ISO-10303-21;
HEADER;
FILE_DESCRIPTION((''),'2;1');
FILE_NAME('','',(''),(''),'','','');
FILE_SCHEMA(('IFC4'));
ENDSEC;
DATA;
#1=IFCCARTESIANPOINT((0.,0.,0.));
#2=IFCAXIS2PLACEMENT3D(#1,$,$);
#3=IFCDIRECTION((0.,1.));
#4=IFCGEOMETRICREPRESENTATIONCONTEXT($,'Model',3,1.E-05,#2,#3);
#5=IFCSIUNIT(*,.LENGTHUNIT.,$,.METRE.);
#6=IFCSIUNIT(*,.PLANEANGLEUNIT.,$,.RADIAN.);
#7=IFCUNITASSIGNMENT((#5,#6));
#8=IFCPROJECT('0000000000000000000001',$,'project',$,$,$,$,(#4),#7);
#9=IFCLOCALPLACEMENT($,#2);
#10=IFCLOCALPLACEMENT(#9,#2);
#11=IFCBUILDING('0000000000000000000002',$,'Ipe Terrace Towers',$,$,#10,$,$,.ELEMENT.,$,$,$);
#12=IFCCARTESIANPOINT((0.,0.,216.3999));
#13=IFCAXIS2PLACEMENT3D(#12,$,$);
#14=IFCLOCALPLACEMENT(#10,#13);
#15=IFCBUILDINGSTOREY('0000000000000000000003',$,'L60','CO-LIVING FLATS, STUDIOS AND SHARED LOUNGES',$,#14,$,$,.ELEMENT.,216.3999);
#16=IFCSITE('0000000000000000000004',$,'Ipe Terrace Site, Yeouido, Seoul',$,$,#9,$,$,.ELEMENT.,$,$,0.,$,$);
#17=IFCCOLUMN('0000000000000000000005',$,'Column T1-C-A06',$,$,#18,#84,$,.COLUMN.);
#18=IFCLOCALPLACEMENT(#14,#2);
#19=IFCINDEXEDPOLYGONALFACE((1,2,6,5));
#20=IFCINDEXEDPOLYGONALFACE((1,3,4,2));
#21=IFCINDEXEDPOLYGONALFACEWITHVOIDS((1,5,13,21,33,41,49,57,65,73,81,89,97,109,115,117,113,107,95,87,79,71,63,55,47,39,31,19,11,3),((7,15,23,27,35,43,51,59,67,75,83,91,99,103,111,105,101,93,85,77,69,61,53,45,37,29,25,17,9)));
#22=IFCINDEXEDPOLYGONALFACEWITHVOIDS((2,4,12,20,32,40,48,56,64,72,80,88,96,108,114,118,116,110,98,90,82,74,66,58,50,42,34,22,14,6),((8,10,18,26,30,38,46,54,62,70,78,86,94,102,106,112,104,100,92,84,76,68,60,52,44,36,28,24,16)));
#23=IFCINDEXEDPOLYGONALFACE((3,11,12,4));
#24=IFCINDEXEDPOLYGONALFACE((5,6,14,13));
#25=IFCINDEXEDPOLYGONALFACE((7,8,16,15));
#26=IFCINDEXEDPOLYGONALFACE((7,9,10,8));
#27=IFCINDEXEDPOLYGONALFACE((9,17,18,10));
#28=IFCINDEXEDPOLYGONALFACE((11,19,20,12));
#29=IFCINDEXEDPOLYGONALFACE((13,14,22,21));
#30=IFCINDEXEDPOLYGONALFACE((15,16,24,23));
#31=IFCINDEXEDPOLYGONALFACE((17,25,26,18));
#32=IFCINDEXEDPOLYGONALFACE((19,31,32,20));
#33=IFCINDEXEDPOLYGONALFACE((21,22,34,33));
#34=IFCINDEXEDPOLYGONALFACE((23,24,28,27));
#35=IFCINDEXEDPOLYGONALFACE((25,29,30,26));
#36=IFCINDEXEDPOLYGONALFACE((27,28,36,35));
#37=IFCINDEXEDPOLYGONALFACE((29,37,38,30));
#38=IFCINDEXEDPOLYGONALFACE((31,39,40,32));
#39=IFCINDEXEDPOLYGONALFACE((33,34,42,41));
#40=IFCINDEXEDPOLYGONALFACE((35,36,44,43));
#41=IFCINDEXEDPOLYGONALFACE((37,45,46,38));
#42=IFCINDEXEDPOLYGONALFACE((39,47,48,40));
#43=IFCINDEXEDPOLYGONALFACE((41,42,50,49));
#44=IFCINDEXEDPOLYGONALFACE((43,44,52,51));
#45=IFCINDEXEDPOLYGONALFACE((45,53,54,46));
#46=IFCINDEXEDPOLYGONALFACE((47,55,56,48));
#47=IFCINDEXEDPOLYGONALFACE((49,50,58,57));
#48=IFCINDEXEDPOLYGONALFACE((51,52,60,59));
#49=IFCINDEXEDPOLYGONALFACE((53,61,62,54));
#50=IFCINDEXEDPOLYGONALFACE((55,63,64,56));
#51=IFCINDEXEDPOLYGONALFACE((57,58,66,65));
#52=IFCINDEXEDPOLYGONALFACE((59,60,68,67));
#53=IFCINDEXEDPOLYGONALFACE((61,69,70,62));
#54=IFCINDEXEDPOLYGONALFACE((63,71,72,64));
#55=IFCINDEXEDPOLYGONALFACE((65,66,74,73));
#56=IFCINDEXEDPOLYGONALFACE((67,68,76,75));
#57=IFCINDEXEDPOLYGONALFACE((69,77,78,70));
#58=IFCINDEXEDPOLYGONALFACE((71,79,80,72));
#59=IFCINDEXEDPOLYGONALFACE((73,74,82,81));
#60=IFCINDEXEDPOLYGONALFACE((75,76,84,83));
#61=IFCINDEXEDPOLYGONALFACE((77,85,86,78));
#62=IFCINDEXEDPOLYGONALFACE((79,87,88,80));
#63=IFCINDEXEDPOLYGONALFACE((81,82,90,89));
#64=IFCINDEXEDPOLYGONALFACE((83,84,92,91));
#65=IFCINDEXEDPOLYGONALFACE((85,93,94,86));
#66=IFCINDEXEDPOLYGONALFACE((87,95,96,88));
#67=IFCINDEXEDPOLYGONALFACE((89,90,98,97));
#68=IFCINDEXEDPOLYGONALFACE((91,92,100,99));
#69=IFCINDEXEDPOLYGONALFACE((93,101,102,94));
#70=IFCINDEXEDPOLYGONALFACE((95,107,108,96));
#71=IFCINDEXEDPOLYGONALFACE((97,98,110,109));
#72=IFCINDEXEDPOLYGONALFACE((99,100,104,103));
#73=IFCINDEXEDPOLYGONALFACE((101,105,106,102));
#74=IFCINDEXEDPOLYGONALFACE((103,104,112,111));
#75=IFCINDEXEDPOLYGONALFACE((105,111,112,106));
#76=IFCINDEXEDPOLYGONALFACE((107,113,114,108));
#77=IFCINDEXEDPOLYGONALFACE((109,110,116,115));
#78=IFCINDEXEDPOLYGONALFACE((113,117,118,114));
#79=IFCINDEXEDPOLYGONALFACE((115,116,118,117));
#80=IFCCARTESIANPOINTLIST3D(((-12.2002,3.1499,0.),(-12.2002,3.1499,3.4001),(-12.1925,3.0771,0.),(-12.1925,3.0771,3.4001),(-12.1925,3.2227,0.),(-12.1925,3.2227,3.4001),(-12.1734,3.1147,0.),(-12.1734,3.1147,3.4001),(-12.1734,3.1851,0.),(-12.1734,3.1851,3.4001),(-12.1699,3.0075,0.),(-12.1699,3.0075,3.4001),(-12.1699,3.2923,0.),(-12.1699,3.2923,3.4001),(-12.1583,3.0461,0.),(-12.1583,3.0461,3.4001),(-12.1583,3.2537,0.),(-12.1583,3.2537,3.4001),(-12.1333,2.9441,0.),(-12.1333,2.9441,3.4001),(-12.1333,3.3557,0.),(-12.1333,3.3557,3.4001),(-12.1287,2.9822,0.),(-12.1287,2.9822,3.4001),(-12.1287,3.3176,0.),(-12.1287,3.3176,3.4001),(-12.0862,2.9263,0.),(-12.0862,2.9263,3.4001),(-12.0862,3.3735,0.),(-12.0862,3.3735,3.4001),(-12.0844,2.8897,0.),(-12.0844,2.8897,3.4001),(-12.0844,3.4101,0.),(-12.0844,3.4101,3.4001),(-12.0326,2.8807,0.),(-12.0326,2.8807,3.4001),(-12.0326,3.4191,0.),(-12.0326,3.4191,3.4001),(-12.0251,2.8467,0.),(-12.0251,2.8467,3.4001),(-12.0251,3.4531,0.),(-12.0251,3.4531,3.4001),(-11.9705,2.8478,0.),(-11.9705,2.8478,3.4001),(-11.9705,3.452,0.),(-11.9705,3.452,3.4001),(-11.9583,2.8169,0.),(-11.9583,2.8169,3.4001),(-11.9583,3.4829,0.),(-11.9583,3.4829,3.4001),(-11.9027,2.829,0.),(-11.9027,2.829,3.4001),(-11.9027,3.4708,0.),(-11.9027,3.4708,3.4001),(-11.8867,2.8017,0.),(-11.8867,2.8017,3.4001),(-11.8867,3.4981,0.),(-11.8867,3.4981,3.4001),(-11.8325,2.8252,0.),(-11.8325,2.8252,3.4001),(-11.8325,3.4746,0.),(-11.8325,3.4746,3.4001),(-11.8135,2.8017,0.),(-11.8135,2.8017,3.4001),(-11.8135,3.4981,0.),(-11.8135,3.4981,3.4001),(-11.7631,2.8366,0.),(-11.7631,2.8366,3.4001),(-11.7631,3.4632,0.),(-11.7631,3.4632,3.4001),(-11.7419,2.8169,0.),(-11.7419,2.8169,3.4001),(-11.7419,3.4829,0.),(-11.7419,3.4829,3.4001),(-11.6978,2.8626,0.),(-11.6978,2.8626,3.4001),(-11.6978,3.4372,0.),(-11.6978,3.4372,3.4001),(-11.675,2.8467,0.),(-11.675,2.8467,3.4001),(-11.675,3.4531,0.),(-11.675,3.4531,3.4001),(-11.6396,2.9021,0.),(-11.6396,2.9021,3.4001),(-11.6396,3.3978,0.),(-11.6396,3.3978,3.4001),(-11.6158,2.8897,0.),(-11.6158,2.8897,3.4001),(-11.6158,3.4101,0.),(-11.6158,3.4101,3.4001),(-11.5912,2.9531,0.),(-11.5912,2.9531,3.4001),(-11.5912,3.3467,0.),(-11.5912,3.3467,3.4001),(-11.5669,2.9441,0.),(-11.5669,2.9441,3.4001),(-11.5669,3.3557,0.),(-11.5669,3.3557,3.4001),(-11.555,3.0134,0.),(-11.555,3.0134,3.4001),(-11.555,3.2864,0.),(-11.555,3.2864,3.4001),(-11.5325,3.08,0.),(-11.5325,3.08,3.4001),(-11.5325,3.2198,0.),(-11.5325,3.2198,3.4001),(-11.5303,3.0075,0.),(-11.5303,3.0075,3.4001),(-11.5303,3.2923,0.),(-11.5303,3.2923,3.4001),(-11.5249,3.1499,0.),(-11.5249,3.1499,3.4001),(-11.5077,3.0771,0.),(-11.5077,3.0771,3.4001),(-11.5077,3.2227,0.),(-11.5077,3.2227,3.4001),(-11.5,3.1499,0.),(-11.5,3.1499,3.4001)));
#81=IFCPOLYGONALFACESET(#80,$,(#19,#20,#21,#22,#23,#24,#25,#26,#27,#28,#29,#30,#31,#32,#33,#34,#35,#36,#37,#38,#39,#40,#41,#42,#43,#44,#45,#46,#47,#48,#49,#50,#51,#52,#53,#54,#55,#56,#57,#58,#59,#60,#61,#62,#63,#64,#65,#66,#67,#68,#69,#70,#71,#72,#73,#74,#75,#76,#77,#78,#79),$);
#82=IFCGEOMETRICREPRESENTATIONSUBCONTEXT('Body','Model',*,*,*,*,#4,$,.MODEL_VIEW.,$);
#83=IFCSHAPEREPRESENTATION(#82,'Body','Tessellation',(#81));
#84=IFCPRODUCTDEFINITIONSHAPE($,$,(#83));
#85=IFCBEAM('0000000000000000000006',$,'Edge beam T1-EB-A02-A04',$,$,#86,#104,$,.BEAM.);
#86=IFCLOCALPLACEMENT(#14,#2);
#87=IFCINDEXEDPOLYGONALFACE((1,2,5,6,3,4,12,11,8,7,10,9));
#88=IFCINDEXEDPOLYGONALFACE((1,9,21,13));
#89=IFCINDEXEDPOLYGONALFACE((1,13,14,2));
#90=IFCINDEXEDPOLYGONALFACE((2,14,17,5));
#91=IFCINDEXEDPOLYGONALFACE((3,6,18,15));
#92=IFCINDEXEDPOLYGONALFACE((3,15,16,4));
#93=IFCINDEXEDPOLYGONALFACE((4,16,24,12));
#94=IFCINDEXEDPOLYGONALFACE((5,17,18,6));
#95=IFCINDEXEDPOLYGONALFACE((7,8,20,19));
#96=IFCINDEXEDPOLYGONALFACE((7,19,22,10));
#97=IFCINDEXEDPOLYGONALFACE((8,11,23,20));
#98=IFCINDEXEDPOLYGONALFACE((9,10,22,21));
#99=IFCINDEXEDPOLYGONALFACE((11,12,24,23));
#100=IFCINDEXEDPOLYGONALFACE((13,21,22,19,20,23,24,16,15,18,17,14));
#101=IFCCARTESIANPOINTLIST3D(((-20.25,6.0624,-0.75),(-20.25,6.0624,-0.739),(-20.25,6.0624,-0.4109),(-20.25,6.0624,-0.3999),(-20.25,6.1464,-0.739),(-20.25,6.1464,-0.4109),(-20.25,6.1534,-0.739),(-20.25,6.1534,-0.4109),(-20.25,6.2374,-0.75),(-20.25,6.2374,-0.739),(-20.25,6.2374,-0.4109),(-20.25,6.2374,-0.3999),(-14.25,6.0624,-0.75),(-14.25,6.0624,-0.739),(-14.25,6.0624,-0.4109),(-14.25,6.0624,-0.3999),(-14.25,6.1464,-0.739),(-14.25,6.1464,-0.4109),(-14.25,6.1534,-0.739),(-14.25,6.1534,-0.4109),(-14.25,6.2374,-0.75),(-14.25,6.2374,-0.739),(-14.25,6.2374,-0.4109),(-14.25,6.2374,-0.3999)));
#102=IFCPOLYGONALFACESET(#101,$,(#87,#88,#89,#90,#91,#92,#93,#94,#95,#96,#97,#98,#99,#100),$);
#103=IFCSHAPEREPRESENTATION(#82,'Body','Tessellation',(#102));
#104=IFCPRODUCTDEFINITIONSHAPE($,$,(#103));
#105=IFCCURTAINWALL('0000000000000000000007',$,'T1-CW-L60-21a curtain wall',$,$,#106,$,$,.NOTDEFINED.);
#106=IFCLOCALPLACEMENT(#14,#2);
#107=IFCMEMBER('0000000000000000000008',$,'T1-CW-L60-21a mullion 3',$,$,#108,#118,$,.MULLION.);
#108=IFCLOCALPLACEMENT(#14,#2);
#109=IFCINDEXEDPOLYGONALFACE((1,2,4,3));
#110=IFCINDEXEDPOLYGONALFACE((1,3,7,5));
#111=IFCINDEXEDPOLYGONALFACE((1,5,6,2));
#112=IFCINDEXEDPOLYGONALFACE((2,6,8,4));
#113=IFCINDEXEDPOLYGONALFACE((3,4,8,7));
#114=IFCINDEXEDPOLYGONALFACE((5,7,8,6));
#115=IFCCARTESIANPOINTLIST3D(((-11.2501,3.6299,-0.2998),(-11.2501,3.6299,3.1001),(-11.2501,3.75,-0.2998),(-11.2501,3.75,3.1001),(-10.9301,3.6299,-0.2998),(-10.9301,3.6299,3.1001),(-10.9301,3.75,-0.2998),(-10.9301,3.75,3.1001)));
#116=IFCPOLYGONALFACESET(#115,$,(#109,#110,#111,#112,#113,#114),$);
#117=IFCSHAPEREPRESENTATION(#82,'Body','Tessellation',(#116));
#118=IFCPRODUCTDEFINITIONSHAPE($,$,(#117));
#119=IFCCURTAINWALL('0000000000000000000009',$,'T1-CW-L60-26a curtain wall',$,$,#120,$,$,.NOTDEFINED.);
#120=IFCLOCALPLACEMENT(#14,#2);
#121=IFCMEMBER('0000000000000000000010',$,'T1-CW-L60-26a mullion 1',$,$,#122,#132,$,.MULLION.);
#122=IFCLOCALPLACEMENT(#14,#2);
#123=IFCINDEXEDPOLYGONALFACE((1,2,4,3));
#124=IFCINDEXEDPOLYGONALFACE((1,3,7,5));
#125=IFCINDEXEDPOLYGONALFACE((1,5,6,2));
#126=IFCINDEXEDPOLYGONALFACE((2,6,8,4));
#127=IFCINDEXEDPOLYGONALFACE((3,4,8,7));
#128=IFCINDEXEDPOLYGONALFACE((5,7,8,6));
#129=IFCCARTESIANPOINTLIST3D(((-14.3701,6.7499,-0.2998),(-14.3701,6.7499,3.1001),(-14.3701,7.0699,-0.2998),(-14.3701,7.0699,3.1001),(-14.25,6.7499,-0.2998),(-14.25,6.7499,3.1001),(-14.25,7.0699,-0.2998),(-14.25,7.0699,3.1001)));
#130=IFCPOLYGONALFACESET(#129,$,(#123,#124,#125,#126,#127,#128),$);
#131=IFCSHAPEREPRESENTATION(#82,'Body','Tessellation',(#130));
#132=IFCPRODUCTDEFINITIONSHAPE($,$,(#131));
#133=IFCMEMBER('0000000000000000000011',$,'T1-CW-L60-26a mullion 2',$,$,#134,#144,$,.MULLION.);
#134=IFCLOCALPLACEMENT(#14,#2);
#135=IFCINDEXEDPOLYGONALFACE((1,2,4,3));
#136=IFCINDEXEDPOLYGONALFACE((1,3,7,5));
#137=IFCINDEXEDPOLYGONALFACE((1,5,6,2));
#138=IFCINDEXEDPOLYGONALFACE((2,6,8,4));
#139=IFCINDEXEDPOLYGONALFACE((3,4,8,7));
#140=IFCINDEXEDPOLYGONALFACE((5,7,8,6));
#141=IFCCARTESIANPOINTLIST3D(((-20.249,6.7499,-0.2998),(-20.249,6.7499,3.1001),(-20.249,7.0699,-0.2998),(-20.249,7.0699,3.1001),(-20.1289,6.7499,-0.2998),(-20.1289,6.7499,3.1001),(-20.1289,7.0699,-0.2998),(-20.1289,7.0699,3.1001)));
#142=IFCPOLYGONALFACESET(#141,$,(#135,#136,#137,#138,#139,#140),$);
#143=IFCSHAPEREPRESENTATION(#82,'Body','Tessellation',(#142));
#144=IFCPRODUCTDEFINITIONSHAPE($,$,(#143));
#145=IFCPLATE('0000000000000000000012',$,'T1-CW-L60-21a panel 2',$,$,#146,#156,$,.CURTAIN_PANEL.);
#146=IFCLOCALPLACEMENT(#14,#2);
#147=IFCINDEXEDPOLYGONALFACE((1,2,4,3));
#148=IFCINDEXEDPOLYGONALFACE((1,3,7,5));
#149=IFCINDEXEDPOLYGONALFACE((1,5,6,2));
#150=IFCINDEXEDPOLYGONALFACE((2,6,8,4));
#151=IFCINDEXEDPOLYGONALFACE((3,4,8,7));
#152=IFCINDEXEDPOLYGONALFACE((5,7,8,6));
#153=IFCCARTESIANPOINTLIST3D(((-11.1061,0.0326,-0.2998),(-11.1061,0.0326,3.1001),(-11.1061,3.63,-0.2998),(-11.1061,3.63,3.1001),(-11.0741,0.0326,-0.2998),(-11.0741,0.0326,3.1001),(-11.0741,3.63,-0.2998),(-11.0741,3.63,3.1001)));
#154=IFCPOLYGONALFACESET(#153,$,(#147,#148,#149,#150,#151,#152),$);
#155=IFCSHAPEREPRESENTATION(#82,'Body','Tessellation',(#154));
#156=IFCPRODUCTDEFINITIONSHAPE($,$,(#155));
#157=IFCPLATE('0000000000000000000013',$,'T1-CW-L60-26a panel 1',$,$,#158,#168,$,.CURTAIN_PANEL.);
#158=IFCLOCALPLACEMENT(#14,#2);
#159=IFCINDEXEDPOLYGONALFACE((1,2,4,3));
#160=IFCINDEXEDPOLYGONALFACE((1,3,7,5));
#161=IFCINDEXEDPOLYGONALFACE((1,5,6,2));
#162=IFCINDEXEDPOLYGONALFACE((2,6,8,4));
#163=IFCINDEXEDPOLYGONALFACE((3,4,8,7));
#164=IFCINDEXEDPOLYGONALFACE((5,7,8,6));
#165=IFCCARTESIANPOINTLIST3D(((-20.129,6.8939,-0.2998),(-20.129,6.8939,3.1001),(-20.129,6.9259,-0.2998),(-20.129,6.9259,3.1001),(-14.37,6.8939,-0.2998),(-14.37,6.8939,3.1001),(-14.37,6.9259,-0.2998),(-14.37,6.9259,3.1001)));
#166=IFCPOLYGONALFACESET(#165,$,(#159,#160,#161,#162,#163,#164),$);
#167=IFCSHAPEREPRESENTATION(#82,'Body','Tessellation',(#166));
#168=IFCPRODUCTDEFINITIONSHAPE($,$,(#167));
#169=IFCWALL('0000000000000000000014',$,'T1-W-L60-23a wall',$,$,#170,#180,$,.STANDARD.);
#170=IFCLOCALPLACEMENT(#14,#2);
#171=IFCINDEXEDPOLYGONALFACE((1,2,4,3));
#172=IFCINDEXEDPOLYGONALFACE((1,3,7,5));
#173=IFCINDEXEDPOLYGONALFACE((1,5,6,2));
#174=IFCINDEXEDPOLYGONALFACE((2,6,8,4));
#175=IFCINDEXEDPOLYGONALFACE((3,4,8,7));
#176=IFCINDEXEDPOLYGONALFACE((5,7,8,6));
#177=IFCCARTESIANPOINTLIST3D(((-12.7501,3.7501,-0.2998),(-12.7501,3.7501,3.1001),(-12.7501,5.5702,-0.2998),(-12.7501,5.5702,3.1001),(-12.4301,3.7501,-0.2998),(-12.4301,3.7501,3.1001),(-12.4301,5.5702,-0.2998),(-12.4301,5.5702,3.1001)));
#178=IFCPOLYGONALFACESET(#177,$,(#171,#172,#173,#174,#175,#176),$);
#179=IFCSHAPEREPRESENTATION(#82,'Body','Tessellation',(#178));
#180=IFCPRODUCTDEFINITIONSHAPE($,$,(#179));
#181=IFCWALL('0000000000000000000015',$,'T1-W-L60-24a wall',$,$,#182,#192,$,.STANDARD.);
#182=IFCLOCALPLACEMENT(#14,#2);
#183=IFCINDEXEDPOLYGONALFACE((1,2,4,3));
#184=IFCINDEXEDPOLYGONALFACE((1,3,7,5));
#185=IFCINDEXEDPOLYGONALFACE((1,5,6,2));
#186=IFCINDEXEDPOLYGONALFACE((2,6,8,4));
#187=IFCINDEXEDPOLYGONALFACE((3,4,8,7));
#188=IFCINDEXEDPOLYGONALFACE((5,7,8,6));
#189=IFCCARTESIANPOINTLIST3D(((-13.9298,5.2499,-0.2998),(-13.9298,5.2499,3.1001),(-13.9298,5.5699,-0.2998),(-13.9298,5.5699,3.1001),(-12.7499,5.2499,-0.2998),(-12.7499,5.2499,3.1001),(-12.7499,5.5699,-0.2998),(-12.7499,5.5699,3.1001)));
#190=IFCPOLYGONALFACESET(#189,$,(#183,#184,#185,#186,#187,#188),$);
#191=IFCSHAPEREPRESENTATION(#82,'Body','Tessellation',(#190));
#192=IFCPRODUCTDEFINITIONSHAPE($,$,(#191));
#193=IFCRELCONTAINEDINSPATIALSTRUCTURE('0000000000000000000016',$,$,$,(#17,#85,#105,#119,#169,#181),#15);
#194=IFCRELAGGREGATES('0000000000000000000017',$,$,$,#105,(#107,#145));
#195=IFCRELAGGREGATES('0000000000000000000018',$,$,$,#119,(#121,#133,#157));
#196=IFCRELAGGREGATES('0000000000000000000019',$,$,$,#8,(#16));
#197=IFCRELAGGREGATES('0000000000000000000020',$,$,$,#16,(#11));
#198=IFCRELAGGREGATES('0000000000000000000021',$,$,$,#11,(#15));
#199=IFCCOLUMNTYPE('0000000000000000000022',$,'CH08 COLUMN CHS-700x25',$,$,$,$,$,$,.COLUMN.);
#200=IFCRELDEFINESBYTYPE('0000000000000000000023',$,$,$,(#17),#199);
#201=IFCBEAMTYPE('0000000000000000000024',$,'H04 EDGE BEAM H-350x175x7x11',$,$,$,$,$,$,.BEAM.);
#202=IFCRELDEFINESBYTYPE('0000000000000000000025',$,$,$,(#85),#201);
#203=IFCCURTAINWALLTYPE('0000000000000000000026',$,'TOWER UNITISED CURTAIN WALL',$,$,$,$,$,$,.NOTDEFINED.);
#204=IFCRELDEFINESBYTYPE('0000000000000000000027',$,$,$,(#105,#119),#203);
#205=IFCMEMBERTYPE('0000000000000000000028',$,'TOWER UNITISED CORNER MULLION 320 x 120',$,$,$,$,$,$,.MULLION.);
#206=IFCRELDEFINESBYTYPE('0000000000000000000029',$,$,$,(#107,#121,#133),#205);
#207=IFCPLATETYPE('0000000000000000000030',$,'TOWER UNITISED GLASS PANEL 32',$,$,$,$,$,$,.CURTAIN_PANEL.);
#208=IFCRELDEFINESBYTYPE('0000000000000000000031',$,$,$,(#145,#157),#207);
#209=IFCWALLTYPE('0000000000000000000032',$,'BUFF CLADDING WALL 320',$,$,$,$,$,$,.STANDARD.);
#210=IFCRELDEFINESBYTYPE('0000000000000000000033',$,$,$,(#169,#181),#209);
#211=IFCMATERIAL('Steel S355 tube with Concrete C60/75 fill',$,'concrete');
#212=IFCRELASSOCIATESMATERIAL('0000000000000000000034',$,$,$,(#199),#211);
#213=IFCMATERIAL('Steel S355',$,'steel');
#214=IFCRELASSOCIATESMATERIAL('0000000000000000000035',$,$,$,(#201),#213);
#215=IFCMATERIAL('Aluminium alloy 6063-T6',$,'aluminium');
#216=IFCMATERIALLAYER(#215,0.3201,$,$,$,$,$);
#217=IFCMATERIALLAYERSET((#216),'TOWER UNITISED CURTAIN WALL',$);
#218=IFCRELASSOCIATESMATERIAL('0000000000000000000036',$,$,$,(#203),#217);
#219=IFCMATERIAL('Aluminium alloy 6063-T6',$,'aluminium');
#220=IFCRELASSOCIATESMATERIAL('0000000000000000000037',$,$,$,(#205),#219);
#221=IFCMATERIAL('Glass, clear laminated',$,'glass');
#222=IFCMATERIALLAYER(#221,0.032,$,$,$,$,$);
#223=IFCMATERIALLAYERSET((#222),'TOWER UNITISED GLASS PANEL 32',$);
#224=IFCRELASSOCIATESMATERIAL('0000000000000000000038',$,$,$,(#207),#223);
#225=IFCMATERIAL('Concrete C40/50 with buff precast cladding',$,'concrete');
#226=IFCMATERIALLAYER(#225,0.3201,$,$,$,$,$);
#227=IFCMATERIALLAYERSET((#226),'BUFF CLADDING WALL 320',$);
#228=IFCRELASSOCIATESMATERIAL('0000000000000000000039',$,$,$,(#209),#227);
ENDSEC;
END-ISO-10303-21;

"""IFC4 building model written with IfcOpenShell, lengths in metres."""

from ifc_helpers import new_model, si_unit, direction, frame, frame_2d, origin, origin_2d, place, context, subcontext, project, spatial, rectangle, hollow_circle, i_section, extrude, material, layer, layer_set, material_profile, profile_set, type_object, element, aggregate, save


model = new_model("IFC4")

# Units and contexts
model_context = context("Model", 3, precision=1e-05, world=origin(), true_north=direction((0.0, 1.0)))
body_context = subcontext(model_context, "Body", "Model", "MODEL_VIEW")
ifc_project = project(units=[si_unit("LENGTHUNIT", "METRE"), si_unit("PLANEANGLEUNIT", "RADIAN")], contexts=[model_context])

# Site, building, storey
site_placement = place(None, origin())
site = spatial("IfcSite", under=ifc_project, at=site_placement, Name="Ipe Terrace Site, Yeouido, Seoul", CompositionType="ELEMENT", RefElevation=0.0)
building_placement = place(site_placement, origin())
building = spatial("IfcBuilding", under=site, at=building_placement, Name="Ipe Terrace Towers", CompositionType="ELEMENT")
storey_placement = place(building_placement, frame((0.0, 0.0, 216.3999)))
storey = spatial("IfcBuildingStorey", under=building, at=storey_placement, Name="L60", Description="CO-LIVING FLATS, STUDIOS AND SHARED LOUNGES", CompositionType="ELEMENT", Elevation=216.3999)

# Column
ifc_material_1 = material(Name="Steel S355 tube with Concrete C60/75 fill", Category="concrete")
ifc_material_profile_1 = material_profile(ifc_material_1, hollow_circle(Radius=0.3501, WallThickness=0.0249, at=origin_2d()), Name="CHS-700x25")
ifc_profile_set_1 = profile_set([ifc_material_profile_1], Name="Steel S355 tube with Concrete C60/75 fill")
column_type = type_object("IfcColumnType", Name="CH08 COLUMN CHS-700x25", PredefinedType="COLUMN", material=ifc_profile_set_1)
for number, where, z_axis, x_axis, name in (
    (1, (-11.8501, 3.1499, 0.0), (0.0, 0.0, 1.0), (1.0, 0.0, 0.0), "Column T1-C-A06"),
):
    element("IfcColumn", number, at=place(storey_placement, frame(where, z_axis=z_axis, x_axis=x_axis)), inside=storey, type_object=column_type, Name=name, PredefinedType="COLUMN", context=body_context, shape_type="SweptSolid", body=[
        extrude(hollow_circle(Radius=0.3501, WallThickness=0.0249, at=origin_2d()), origin(), (0.0, 0.0, 1.0), 3.4001),
    ])

# Beam
ifc_material_2 = material(Name="Steel S355", Category="steel")
ifc_material_profile_2 = material_profile(ifc_material_2, i_section(OverallWidth=0.175, OverallDepth=0.3501, WebThickness=0.0071, FlangeThickness=0.011, at=origin_2d()), Name="H-350x175x7x11")
ifc_profile_set_2 = profile_set([ifc_material_profile_2], Name="Steel S355")
beam_type = type_object("IfcBeamType", Name="H04 EDGE BEAM H-350x175x7x11", PredefinedType="BEAM", material=ifc_profile_set_2)
beam_placement = place(storey_placement, frame((-20.25, 6.1499, -0.575), z_axis=(1.0, 0.0, 0.0), x_axis=(0.0, 1.0, 0.0)))
element("IfcBeam", 2, at=beam_placement, inside=storey, type_object=beam_type, Name="Edge beam T1-EB-A02-A04", PredefinedType="BEAM", context=body_context, shape_type="SweptSolid", body=[
    extrude(i_section(OverallWidth=0.175, OverallDepth=0.3501, WebThickness=0.0071, FlangeThickness=0.011, at=origin_2d()), origin(), (0.0, 0.0, 1.0), 6.0),
])

# Curtain wall, member
ifc_material_3 = material(Name="Aluminium alloy 6063-T6", Category="aluminium")
ifc_layer_1 = layer(ifc_material_3, 0.3201)
ifc_layer_set_1 = layer_set([ifc_layer_1], Name="TOWER UNITISED CURTAIN WALL")
curtain_wall_type = type_object("IfcCurtainWallType", Name="TOWER UNITISED CURTAIN WALL", PredefinedType="NOTDEFINED", material=ifc_layer_set_1)
curtain_wall_1_placement = place(storey_placement, origin())
curtain_wall_1 = element("IfcCurtainWall", 3, at=curtain_wall_1_placement, inside=storey, type_object=curtain_wall_type, Name="T1-CW-L60-21a curtain wall", PredefinedType="NOTDEFINED")
ifc_material_4 = material(Name="Aluminium alloy 6063-T6", Category="aluminium")
ifc_material_profile_3 = material_profile(ifc_material_4, rectangle(XDim=0.3201, YDim=0.1201, at=origin_2d()), Name="TOWER UNITISED CORNER MULLION 320 x 120")
ifc_profile_set_3 = profile_set([ifc_material_profile_3], Name="Aluminium alloy 6063-T6")
member_type = type_object("IfcMemberType", Name="TOWER UNITISED CORNER MULLION 320 x 120", PredefinedType="MULLION", material=ifc_profile_set_3)
member_1_placement = place(storey_placement, frame((-11.0901, 3.6899, -0.2998), z_axis=(0.0, 0.0, 1.0), x_axis=(1.0, 0.0, 0.0)))
member_1 = element("IfcMember", 4, at=member_1_placement, type_object=member_type, Name="T1-CW-L60-21a mullion 3", PredefinedType="MULLION", context=body_context, shape_type="SweptSolid", body=[
    extrude(rectangle(XDim=0.3201, YDim=0.1201, at=origin_2d()), origin(), (0.0, 0.0, 1.0), 3.3999),
])

# Curtain wall, members
curtain_wall_2_placement = place(storey_placement, origin())
curtain_wall_2 = element("IfcCurtainWall", 5, at=curtain_wall_2_placement, inside=storey, type_object=curtain_wall_type, Name="T1-CW-L60-26a curtain wall", PredefinedType="NOTDEFINED")
member_2_placement = place(storey_placement, frame((-14.3101, 6.9099, -0.2998), z_axis=(0.0, 0.0, 1.0), x_axis=(0.0, 1.0, 0.0)))
member_2 = element("IfcMember", 6, at=member_2_placement, type_object=member_type, Name="T1-CW-L60-26a mullion 1", PredefinedType="MULLION", context=body_context, shape_type="SweptSolid", body=[
    extrude(rectangle(XDim=0.3201, YDim=0.1201, at=origin_2d()), origin(), (0.0, 0.0, 1.0), 3.3999),
])
member_3_placement = place(storey_placement, frame((-20.189, 6.9099, -0.2998), z_axis=(0.0, 0.0, 1.0), x_axis=(0.0, 1.0, 0.0)))
member_3 = element("IfcMember", 7, at=member_3_placement, type_object=member_type, Name="T1-CW-L60-26a mullion 2", PredefinedType="MULLION", context=body_context, shape_type="SweptSolid", body=[
    extrude(rectangle(XDim=0.3201, YDim=0.1201, at=origin_2d()), origin(), (0.0, 0.0, 1.0), 3.3999),
])

# Plates
ifc_material_5 = material(Name="Glass, clear laminated", Category="glass")
ifc_layer_2 = layer(ifc_material_5, 0.032)
ifc_layer_set_2 = layer_set([ifc_layer_2], Name="TOWER UNITISED GLASS PANEL 32")
plate_type = type_object("IfcPlateType", Name="TOWER UNITISED GLASS PANEL 32", PredefinedType="CURTAIN_PANEL", material=ifc_layer_set_2)
plate_1_placement = place(storey_placement, frame((-11.0901, 1.8313, -0.2998), z_axis=(0.0, 0.0, 1.0), x_axis=(0.0, 1.0, 0.0)))
plate_1 = element("IfcPlate", 8, at=plate_1_placement, type_object=plate_type, Name="T1-CW-L60-21a panel 2", PredefinedType="CURTAIN_PANEL", context=body_context, shape_type="SweptSolid", body=[
    extrude(rectangle(XDim=3.5974, YDim=0.032, at=origin_2d()), origin(), (0.0, 0.0, 1.0), 3.3999),
])
aggregate(curtain_wall_1, [member_1, plate_1])
plate_2_placement = place(storey_placement, frame((-17.2495, 6.9099, -0.2998), z_axis=(0.0, 0.0, 1.0), x_axis=(-1.0, 0.0, 0.0)))
plate_2 = element("IfcPlate", 9, at=plate_2_placement, type_object=plate_type, Name="T1-CW-L60-26a panel 1", PredefinedType="CURTAIN_PANEL", context=body_context, shape_type="SweptSolid", body=[
    extrude(rectangle(XDim=5.759, YDim=0.032, at=origin_2d()), origin(), (0.0, 0.0, 1.0), 3.3999),
])
aggregate(curtain_wall_2, [member_2, member_3, plate_2])

# Walls
ifc_material_6 = material(Name="Concrete C40/50 with buff precast cladding", Category="concrete")
ifc_layer_3 = layer(ifc_material_6, 0.3201)
ifc_layer_set_3 = layer_set([ifc_layer_3], Name="BUFF CLADDING WALL 320")
wall_type_1 = type_object("IfcWallType", Name="BUFF CLADDING WALL 320", PredefinedType="STANDARD", material=ifc_layer_set_3)
wall_1_placement = place(storey_placement, frame((-12.5901, 3.75, -0.2998), z_axis=(0.0, 0.0, 1.0), x_axis=(0.0, 1.0, 0.0)))
element("IfcWall", 10, at=wall_1_placement, inside=storey, type_object=wall_type_1, Name="T1-W-L60-23a wall", PredefinedType="STANDARD", context=body_context, shape_type="SweptSolid", body=[
    extrude(rectangle(XDim=1.8201, YDim=0.3201, at=frame_2d((0.9102, 0.0))), origin(), (0.0, 0.0, 1.0), 3.3999),
])
wall_2_placement = place(storey_placement, frame((-12.75, 5.4099, -0.2998), z_axis=(0.0, 0.0, 1.0), x_axis=(-1.0, 0.0, 0.0)))
element("IfcWall", 11, at=wall_2_placement, inside=storey, type_object=wall_type_1, Name="T1-W-L60-24a wall", PredefinedType="STANDARD", context=body_context, shape_type="SweptSolid", body=[
    extrude(rectangle(XDim=1.1799, YDim=0.3201, at=frame_2d((0.5898, 0.0))), origin(), (0.0, 0.0, 1.0), 3.3999),
])

save(model, "model.ifc")
